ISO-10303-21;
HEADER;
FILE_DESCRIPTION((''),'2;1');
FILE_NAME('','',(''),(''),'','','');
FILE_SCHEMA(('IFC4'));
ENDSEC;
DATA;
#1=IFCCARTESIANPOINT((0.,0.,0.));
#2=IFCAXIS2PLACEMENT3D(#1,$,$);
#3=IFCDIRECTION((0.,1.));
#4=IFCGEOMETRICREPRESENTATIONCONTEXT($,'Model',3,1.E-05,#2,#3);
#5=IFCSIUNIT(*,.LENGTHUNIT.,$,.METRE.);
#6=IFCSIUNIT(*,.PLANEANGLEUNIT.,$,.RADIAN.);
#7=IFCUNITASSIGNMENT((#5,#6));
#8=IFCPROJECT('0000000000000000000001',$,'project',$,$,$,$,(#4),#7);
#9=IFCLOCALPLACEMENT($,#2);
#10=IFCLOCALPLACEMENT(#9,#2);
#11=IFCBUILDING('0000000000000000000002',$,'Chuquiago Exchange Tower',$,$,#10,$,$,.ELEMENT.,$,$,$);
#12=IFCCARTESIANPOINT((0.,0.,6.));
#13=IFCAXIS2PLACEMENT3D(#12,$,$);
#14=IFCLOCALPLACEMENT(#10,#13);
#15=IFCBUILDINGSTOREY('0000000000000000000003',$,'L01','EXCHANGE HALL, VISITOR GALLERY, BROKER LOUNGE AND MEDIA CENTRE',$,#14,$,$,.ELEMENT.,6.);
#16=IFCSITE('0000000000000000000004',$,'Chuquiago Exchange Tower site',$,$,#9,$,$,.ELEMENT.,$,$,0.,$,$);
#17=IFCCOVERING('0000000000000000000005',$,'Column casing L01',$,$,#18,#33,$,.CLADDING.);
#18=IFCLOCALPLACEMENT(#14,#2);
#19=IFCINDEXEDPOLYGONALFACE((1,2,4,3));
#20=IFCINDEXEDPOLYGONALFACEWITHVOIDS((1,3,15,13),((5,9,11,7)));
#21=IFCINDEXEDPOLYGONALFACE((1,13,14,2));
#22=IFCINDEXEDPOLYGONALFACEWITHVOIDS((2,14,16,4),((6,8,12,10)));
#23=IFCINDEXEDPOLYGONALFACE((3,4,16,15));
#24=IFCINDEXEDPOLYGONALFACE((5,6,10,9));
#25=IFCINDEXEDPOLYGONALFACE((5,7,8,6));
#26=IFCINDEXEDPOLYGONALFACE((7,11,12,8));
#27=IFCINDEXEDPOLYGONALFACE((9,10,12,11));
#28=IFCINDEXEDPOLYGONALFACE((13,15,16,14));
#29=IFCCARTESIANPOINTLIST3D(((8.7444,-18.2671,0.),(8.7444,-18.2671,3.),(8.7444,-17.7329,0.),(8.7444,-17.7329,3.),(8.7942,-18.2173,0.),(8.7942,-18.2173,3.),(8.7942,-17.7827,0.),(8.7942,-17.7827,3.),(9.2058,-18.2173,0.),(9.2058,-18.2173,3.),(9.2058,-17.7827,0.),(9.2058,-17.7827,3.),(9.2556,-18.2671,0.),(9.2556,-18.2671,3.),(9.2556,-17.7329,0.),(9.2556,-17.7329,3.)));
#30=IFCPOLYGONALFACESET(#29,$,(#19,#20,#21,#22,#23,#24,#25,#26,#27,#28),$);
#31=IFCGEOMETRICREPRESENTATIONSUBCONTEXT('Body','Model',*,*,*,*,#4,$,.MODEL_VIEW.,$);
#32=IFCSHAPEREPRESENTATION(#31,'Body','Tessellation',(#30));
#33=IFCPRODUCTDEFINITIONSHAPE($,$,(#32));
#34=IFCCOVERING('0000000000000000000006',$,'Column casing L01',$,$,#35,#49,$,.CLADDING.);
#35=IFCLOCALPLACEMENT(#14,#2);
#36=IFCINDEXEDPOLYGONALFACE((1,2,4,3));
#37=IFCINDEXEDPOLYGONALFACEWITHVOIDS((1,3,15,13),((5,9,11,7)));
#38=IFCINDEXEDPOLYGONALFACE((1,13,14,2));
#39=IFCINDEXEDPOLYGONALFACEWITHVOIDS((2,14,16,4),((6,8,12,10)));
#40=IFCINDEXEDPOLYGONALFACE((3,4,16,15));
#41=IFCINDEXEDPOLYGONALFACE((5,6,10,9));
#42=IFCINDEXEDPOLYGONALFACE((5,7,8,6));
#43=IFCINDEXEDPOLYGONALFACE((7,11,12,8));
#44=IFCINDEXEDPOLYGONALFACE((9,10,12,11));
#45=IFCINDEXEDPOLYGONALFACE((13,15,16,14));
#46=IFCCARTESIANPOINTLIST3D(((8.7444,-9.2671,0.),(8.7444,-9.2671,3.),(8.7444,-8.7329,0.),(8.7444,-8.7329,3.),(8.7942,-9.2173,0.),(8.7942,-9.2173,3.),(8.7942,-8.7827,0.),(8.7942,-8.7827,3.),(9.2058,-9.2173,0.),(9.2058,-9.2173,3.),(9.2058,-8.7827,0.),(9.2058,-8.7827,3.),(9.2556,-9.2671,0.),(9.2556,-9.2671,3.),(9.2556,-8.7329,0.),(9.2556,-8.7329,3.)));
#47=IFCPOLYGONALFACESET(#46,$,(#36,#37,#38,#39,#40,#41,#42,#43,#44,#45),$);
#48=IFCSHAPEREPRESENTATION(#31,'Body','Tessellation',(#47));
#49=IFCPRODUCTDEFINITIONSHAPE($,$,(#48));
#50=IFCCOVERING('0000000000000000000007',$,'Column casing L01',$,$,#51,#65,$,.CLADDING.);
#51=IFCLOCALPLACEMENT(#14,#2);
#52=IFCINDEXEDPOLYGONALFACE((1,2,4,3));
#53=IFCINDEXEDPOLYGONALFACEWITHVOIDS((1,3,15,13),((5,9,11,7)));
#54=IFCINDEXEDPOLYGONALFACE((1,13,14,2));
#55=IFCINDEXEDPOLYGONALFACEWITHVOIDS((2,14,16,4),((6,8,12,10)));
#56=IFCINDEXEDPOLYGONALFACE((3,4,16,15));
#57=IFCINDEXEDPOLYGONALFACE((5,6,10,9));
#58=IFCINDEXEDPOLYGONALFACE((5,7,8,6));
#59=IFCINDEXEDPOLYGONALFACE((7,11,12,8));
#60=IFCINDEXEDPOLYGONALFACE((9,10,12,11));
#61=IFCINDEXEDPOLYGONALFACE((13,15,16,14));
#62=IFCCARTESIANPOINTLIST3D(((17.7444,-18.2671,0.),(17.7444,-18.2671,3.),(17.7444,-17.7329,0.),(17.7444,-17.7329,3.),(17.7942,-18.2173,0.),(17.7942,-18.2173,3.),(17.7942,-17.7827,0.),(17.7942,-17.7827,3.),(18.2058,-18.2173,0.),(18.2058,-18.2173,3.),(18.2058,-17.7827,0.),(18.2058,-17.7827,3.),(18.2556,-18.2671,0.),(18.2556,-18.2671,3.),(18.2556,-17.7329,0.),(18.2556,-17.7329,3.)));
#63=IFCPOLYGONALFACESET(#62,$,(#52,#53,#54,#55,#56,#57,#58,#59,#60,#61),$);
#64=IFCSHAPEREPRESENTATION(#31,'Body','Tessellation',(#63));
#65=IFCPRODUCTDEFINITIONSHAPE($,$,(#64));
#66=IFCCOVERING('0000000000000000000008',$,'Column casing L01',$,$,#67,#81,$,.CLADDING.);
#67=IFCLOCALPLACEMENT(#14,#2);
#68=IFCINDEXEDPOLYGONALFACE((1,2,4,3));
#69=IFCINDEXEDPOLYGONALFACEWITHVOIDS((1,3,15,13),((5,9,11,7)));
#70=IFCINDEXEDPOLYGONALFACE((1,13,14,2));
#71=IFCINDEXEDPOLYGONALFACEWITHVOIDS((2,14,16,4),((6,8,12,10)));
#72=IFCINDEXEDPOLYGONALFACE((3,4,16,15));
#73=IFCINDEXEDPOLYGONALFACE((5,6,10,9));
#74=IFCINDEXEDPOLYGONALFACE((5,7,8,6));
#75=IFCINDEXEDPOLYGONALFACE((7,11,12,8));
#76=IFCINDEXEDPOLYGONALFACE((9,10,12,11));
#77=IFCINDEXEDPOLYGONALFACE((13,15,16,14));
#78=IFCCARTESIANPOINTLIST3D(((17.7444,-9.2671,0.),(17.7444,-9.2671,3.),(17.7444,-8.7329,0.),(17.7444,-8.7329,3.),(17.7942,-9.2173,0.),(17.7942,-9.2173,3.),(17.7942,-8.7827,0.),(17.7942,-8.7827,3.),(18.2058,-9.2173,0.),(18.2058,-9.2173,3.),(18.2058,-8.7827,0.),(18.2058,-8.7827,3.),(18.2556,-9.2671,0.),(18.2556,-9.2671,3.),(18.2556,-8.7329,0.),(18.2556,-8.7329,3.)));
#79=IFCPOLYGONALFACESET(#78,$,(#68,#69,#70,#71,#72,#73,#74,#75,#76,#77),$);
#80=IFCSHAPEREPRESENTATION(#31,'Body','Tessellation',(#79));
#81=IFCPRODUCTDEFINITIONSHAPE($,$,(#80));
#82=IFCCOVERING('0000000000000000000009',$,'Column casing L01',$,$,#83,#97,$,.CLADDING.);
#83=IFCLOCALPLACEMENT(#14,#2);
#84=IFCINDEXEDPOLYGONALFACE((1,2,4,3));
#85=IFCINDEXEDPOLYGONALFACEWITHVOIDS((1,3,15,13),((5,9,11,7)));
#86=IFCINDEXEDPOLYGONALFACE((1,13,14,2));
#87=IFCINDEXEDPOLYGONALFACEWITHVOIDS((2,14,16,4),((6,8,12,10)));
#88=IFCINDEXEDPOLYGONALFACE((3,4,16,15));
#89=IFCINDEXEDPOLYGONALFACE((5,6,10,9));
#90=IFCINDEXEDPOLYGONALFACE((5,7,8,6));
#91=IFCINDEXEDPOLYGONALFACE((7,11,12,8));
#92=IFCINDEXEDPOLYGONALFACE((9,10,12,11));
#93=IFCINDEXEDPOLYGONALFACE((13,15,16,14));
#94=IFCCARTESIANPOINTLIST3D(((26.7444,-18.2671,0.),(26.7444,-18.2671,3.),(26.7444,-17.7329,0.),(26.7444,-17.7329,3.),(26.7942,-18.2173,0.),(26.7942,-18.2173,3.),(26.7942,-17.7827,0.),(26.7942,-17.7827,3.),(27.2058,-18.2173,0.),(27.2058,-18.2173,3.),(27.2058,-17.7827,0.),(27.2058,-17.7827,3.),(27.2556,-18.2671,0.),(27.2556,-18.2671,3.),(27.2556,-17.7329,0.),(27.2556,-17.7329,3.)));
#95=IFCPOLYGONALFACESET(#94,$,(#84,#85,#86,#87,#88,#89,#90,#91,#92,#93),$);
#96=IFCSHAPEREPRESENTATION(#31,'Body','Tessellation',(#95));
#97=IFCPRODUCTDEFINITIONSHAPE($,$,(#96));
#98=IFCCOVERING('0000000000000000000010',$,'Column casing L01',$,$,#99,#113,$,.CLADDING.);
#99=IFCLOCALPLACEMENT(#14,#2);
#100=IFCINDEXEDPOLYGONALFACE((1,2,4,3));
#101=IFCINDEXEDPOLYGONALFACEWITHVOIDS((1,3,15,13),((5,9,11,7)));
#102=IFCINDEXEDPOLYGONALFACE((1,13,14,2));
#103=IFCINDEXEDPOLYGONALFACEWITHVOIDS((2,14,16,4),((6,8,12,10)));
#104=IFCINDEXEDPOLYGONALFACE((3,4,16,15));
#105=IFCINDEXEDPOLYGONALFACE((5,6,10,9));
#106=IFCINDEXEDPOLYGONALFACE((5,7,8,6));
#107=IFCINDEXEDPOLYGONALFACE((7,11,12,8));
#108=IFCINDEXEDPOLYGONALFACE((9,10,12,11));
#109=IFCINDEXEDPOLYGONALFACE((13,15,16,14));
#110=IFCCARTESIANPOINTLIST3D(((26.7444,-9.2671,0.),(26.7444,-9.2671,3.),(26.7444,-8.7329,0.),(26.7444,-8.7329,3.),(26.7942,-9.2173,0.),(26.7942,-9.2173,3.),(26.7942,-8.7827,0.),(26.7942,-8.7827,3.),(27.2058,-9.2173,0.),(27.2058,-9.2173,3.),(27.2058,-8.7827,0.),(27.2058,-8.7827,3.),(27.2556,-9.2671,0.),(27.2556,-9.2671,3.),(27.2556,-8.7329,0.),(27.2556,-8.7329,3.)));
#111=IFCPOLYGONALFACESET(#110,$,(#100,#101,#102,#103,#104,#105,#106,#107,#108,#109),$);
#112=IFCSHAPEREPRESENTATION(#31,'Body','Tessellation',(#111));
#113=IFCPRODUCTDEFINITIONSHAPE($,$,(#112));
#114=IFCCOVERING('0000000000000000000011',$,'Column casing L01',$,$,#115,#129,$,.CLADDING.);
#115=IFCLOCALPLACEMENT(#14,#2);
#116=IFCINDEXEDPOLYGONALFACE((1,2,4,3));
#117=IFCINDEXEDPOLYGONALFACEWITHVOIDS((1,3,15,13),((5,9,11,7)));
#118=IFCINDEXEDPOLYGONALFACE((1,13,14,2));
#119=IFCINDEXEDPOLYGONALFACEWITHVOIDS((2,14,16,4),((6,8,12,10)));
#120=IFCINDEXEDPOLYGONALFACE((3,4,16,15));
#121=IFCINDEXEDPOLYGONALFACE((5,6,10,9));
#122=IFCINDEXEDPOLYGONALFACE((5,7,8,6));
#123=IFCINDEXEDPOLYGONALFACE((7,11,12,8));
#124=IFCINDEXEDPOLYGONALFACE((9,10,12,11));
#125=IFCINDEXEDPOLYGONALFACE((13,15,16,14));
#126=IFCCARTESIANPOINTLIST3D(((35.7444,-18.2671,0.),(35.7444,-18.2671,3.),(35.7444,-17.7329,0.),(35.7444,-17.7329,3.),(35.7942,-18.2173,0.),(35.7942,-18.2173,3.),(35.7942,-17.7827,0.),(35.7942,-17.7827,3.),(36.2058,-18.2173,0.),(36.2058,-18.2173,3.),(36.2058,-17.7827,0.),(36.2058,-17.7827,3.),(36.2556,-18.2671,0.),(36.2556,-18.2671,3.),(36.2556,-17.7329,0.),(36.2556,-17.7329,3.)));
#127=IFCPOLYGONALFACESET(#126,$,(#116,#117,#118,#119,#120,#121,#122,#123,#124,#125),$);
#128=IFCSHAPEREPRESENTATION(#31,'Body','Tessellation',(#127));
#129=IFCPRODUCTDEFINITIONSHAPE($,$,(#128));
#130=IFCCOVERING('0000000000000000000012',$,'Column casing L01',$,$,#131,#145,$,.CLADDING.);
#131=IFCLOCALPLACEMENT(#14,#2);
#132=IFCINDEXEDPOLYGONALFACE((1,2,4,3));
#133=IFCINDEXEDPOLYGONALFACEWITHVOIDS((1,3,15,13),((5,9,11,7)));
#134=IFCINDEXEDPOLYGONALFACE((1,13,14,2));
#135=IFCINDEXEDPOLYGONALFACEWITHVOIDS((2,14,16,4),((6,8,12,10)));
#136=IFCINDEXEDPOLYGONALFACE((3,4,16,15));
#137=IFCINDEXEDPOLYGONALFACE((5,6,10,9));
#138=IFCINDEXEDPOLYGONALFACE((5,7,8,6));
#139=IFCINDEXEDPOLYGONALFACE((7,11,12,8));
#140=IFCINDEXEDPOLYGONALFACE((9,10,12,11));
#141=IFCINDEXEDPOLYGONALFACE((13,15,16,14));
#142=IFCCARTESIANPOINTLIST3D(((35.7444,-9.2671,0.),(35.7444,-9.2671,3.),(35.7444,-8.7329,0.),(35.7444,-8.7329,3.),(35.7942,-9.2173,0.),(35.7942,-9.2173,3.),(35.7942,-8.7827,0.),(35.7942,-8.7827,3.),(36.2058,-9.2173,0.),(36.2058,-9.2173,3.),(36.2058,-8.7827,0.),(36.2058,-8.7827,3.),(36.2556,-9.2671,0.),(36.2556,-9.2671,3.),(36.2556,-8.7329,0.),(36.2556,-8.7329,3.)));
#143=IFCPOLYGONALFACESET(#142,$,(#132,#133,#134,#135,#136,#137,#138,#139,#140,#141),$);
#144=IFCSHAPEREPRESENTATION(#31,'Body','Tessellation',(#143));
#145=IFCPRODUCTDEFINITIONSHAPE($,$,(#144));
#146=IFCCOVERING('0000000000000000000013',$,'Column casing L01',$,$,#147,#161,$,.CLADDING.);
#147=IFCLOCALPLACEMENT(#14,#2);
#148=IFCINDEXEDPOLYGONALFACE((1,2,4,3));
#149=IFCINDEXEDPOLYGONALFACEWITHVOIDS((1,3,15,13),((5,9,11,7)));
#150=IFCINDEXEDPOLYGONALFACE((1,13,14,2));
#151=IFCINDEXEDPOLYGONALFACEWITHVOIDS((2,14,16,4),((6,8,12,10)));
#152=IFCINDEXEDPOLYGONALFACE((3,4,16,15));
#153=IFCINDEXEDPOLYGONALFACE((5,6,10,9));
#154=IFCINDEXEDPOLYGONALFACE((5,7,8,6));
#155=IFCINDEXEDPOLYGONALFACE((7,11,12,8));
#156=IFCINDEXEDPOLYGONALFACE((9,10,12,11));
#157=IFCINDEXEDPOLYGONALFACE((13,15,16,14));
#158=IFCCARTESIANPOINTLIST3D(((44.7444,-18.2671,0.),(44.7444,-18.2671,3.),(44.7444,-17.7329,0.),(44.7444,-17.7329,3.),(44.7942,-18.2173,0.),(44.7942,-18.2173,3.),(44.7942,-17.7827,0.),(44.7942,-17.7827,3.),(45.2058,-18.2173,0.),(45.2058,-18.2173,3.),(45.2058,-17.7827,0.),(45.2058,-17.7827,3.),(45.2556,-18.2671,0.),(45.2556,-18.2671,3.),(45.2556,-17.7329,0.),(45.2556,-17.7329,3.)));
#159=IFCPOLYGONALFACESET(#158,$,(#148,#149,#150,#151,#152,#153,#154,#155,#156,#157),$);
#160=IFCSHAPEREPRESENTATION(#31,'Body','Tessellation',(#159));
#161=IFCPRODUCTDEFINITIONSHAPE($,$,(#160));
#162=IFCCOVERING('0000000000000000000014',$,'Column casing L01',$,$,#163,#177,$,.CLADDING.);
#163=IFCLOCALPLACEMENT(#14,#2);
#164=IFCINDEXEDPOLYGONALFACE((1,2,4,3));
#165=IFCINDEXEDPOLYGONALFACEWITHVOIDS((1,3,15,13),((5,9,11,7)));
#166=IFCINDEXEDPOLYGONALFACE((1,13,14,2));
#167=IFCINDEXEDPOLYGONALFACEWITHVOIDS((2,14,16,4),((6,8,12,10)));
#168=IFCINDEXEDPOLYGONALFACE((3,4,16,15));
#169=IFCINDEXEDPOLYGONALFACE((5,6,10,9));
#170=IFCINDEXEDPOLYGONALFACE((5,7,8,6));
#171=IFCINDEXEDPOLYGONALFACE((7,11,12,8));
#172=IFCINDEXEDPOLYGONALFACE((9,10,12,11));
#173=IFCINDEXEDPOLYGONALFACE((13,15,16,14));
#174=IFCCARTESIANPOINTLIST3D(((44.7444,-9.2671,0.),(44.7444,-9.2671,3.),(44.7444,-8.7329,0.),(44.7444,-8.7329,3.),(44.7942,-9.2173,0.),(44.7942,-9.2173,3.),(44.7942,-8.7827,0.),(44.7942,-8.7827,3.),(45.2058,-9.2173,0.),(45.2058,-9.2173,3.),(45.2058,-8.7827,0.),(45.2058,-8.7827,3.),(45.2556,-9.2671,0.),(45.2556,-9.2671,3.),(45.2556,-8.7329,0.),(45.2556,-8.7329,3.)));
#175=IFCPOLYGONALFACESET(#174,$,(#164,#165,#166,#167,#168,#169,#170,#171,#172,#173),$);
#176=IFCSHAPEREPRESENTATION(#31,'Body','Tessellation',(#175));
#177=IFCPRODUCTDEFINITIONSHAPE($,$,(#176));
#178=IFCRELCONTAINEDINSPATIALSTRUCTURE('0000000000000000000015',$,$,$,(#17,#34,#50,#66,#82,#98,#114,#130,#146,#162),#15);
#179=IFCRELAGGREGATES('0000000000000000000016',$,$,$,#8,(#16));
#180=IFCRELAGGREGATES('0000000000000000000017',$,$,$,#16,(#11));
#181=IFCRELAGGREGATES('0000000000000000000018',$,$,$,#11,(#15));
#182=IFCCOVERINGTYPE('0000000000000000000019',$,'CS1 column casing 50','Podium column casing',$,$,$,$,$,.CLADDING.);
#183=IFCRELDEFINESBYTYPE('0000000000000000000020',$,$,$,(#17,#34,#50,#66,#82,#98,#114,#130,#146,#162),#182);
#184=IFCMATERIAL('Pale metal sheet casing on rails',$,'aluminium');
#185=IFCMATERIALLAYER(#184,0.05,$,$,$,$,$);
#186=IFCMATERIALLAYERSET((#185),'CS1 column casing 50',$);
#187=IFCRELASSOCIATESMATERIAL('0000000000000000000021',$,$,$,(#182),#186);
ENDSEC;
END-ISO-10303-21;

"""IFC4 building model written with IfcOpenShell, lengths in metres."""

from ifc_helpers import new_model, si_unit, direction, frame, origin, place, context, subcontext, project, spatial, polyline, outline, extrude, material, layer, layer_set, type_object, element, save


model = new_model("IFC4")

# Units and contexts
model_context = context("Model", 3, precision=1e-05, world=origin(), true_north=direction((0.0, 1.0)))
body_context = subcontext(model_context, "Body", "Model", "MODEL_VIEW")
ifc_project = project(units=[si_unit("LENGTHUNIT", "METRE"), si_unit("PLANEANGLEUNIT", "RADIAN")], contexts=[model_context])

# Site, building, storey
site_placement = place(None, origin())
site = spatial("IfcSite", under=ifc_project, at=site_placement, Name="Chuquiago Exchange Tower site", CompositionType="ELEMENT", RefElevation=0.0)
building_placement = place(site_placement, origin())
building = spatial("IfcBuilding", under=site, at=building_placement, Name="Chuquiago Exchange Tower", CompositionType="ELEMENT")
storey_placement = place(building_placement, frame((0.0, 0.0, 6.0)))
storey = spatial("IfcBuildingStorey", under=building, at=storey_placement, Name="L01", Description="EXCHANGE HALL, VISITOR GALLERY, BROKER LOUNGE AND MEDIA CENTRE", CompositionType="ELEMENT", Elevation=6.0)

# Coverings
ifc_material_1 = material(Name="Pale metal sheet casing on rails", Category="aluminium")
ifc_layer = layer(ifc_material_1, 0.05)
ifc_layer_set = layer_set([ifc_layer], Name="CS1 column casing 50")
covering_type = type_object("IfcCoveringType", Name="CS1 column casing 50", Description="Podium column casing", PredefinedType="CLADDING", material=ifc_layer_set)
covering_1_placement = place(storey_placement, origin())
element("IfcCovering", 1, at=covering_1_placement, inside=storey, type_object=covering_type, Name="Column casing L01", PredefinedType="CLADDING", context=body_context, shape_type="SweptSolid", body=[
    extrude(outline(polyline([(8.7444, -18.2671), (9.2556, -18.2671), (9.2556, -17.7329), (8.7444, -17.7329), (8.7444, -18.2671)]), holes=[polyline([(8.7942, -18.2173), (8.7942, -17.7827), (9.2058, -17.7827), (9.2058, -18.2173), (8.7942, -18.2173)])]), origin(), (0.0, 0.0, 1.0), 3.0),
])
covering_2_placement = place(storey_placement, origin())
element("IfcCovering", 2, at=covering_2_placement, inside=storey, type_object=covering_type, Name="Column casing L01", PredefinedType="CLADDING", context=body_context, shape_type="SweptSolid", body=[
    extrude(outline(polyline([(8.7444, -9.2671), (9.2556, -9.2671), (9.2556, -8.7329), (8.7444, -8.7329), (8.7444, -9.2671)]), holes=[polyline([(8.7942, -9.2173), (8.7942, -8.7827), (9.2058, -8.7827), (9.2058, -9.2173), (8.7942, -9.2173)])]), origin(), (0.0, 0.0, 1.0), 3.0),
])
covering_3_placement = place(storey_placement, origin())
element("IfcCovering", 3, at=covering_3_placement, inside=storey, type_object=covering_type, Name="Column casing L01", PredefinedType="CLADDING", context=body_context, shape_type="SweptSolid", body=[
    extrude(outline(polyline([(17.7444, -18.2671), (18.2556, -18.2671), (18.2556, -17.7329), (17.7444, -17.7329), (17.7444, -18.2671)]), holes=[polyline([(17.7942, -18.2173), (17.7942, -17.7827), (18.2058, -17.7827), (18.2058, -18.2173), (17.7942, -18.2173)])]), origin(), (0.0, 0.0, 1.0), 3.0),
])
covering_4_placement = place(storey_placement, origin())
element("IfcCovering", 4, at=covering_4_placement, inside=storey, type_object=covering_type, Name="Column casing L01", PredefinedType="CLADDING", context=body_context, shape_type="SweptSolid", body=[
    extrude(outline(polyline([(17.7444, -9.2671), (18.2556, -9.2671), (18.2556, -8.7329), (17.7444, -8.7329), (17.7444, -9.2671)]), holes=[polyline([(17.7942, -9.2173), (17.7942, -8.7827), (18.2058, -8.7827), (18.2058, -9.2173), (17.7942, -9.2173)])]), origin(), (0.0, 0.0, 1.0), 3.0),
])
covering_5_placement = place(storey_placement, origin())
element("IfcCovering", 5, at=covering_5_placement, inside=storey, type_object=covering_type, Name="Column casing L01", PredefinedType="CLADDING", context=body_context, shape_type="SweptSolid", body=[
    extrude(outline(polyline([(26.7444, -18.2671), (27.2556, -18.2671), (27.2556, -17.7329), (26.7444, -17.7329), (26.7444, -18.2671)]), holes=[polyline([(26.7942, -18.2173), (26.7942, -17.7827), (27.2058, -17.7827), (27.2058, -18.2173), (26.7942, -18.2173)])]), origin(), (0.0, 0.0, 1.0), 3.0),
])
covering_6_placement = place(storey_placement, origin())
element("IfcCovering", 6, at=covering_6_placement, inside=storey, type_object=covering_type, Name="Column casing L01", PredefinedType="CLADDING", context=body_context, shape_type="SweptSolid", body=[
    extrude(outline(polyline([(26.7444, -9.2671), (27.2556, -9.2671), (27.2556, -8.7329), (26.7444, -8.7329), (26.7444, -9.2671)]), holes=[polyline([(26.7942, -9.2173), (26.7942, -8.7827), (27.2058, -8.7827), (27.2058, -9.2173), (26.7942, -9.2173)])]), origin(), (0.0, 0.0, 1.0), 3.0),
])
covering_7_placement = place(storey_placement, origin())
element("IfcCovering", 7, at=covering_7_placement, inside=storey, type_object=covering_type, Name="Column casing L01", PredefinedType="CLADDING", context=body_context, shape_type="SweptSolid", body=[
    extrude(outline(polyline([(35.7444, -18.2671), (36.2556, -18.2671), (36.2556, -17.7329), (35.7444, -17.7329), (35.7444, -18.2671)]), holes=[polyline([(35.7942, -18.2173), (35.7942, -17.7827), (36.2058, -17.7827), (36.2058, -18.2173), (35.7942, -18.2173)])]), origin(), (0.0, 0.0, 1.0), 3.0),
])
covering_8_placement = place(storey_placement, origin())
element("IfcCovering", 8, at=covering_8_placement, inside=storey, type_object=covering_type, Name="Column casing L01", PredefinedType="CLADDING", context=body_context, shape_type="SweptSolid", body=[
    extrude(outline(polyline([(35.7444, -9.2671), (36.2556, -9.2671), (36.2556, -8.7329), (35.7444, -8.7329), (35.7444, -9.2671)]), holes=[polyline([(35.7942, -9.2173), (35.7942, -8.7827), (36.2058, -8.7827), (36.2058, -9.2173), (35.7942, -9.2173)])]), origin(), (0.0, 0.0, 1.0), 3.0),
])
covering_9_placement = place(storey_placement, origin())
element("IfcCovering", 9, at=covering_9_placement, inside=storey, type_object=covering_type, Name="Column casing L01", PredefinedType="CLADDING", context=body_context, shape_type="SweptSolid", body=[
    extrude(outline(polyline([(44.7444, -18.2671), (45.2556, -18.2671), (45.2556, -17.7329), (44.7444, -17.7329), (44.7444, -18.2671)]), holes=[polyline([(44.7942, -18.2173), (44.7942, -17.7827), (45.2058, -17.7827), (45.2058, -18.2173), (44.7942, -18.2173)])]), origin(), (0.0, 0.0, 1.0), 3.0),
])
covering_10_placement = place(storey_placement, origin())
element("IfcCovering", 10, at=covering_10_placement, inside=storey, type_object=covering_type, Name="Column casing L01", PredefinedType="CLADDING", context=body_context, shape_type="SweptSolid", body=[
    extrude(outline(polyline([(44.7444, -9.2671), (45.2556, -9.2671), (45.2556, -8.7329), (44.7444, -8.7329), (44.7444, -9.2671)]), holes=[polyline([(44.7942, -9.2173), (44.7942, -8.7827), (45.2058, -8.7827), (45.2058, -9.2173), (44.7942, -9.2173)])]), origin(), (0.0, 0.0, 1.0), 3.0),
])

save(model, "model.ifc")
